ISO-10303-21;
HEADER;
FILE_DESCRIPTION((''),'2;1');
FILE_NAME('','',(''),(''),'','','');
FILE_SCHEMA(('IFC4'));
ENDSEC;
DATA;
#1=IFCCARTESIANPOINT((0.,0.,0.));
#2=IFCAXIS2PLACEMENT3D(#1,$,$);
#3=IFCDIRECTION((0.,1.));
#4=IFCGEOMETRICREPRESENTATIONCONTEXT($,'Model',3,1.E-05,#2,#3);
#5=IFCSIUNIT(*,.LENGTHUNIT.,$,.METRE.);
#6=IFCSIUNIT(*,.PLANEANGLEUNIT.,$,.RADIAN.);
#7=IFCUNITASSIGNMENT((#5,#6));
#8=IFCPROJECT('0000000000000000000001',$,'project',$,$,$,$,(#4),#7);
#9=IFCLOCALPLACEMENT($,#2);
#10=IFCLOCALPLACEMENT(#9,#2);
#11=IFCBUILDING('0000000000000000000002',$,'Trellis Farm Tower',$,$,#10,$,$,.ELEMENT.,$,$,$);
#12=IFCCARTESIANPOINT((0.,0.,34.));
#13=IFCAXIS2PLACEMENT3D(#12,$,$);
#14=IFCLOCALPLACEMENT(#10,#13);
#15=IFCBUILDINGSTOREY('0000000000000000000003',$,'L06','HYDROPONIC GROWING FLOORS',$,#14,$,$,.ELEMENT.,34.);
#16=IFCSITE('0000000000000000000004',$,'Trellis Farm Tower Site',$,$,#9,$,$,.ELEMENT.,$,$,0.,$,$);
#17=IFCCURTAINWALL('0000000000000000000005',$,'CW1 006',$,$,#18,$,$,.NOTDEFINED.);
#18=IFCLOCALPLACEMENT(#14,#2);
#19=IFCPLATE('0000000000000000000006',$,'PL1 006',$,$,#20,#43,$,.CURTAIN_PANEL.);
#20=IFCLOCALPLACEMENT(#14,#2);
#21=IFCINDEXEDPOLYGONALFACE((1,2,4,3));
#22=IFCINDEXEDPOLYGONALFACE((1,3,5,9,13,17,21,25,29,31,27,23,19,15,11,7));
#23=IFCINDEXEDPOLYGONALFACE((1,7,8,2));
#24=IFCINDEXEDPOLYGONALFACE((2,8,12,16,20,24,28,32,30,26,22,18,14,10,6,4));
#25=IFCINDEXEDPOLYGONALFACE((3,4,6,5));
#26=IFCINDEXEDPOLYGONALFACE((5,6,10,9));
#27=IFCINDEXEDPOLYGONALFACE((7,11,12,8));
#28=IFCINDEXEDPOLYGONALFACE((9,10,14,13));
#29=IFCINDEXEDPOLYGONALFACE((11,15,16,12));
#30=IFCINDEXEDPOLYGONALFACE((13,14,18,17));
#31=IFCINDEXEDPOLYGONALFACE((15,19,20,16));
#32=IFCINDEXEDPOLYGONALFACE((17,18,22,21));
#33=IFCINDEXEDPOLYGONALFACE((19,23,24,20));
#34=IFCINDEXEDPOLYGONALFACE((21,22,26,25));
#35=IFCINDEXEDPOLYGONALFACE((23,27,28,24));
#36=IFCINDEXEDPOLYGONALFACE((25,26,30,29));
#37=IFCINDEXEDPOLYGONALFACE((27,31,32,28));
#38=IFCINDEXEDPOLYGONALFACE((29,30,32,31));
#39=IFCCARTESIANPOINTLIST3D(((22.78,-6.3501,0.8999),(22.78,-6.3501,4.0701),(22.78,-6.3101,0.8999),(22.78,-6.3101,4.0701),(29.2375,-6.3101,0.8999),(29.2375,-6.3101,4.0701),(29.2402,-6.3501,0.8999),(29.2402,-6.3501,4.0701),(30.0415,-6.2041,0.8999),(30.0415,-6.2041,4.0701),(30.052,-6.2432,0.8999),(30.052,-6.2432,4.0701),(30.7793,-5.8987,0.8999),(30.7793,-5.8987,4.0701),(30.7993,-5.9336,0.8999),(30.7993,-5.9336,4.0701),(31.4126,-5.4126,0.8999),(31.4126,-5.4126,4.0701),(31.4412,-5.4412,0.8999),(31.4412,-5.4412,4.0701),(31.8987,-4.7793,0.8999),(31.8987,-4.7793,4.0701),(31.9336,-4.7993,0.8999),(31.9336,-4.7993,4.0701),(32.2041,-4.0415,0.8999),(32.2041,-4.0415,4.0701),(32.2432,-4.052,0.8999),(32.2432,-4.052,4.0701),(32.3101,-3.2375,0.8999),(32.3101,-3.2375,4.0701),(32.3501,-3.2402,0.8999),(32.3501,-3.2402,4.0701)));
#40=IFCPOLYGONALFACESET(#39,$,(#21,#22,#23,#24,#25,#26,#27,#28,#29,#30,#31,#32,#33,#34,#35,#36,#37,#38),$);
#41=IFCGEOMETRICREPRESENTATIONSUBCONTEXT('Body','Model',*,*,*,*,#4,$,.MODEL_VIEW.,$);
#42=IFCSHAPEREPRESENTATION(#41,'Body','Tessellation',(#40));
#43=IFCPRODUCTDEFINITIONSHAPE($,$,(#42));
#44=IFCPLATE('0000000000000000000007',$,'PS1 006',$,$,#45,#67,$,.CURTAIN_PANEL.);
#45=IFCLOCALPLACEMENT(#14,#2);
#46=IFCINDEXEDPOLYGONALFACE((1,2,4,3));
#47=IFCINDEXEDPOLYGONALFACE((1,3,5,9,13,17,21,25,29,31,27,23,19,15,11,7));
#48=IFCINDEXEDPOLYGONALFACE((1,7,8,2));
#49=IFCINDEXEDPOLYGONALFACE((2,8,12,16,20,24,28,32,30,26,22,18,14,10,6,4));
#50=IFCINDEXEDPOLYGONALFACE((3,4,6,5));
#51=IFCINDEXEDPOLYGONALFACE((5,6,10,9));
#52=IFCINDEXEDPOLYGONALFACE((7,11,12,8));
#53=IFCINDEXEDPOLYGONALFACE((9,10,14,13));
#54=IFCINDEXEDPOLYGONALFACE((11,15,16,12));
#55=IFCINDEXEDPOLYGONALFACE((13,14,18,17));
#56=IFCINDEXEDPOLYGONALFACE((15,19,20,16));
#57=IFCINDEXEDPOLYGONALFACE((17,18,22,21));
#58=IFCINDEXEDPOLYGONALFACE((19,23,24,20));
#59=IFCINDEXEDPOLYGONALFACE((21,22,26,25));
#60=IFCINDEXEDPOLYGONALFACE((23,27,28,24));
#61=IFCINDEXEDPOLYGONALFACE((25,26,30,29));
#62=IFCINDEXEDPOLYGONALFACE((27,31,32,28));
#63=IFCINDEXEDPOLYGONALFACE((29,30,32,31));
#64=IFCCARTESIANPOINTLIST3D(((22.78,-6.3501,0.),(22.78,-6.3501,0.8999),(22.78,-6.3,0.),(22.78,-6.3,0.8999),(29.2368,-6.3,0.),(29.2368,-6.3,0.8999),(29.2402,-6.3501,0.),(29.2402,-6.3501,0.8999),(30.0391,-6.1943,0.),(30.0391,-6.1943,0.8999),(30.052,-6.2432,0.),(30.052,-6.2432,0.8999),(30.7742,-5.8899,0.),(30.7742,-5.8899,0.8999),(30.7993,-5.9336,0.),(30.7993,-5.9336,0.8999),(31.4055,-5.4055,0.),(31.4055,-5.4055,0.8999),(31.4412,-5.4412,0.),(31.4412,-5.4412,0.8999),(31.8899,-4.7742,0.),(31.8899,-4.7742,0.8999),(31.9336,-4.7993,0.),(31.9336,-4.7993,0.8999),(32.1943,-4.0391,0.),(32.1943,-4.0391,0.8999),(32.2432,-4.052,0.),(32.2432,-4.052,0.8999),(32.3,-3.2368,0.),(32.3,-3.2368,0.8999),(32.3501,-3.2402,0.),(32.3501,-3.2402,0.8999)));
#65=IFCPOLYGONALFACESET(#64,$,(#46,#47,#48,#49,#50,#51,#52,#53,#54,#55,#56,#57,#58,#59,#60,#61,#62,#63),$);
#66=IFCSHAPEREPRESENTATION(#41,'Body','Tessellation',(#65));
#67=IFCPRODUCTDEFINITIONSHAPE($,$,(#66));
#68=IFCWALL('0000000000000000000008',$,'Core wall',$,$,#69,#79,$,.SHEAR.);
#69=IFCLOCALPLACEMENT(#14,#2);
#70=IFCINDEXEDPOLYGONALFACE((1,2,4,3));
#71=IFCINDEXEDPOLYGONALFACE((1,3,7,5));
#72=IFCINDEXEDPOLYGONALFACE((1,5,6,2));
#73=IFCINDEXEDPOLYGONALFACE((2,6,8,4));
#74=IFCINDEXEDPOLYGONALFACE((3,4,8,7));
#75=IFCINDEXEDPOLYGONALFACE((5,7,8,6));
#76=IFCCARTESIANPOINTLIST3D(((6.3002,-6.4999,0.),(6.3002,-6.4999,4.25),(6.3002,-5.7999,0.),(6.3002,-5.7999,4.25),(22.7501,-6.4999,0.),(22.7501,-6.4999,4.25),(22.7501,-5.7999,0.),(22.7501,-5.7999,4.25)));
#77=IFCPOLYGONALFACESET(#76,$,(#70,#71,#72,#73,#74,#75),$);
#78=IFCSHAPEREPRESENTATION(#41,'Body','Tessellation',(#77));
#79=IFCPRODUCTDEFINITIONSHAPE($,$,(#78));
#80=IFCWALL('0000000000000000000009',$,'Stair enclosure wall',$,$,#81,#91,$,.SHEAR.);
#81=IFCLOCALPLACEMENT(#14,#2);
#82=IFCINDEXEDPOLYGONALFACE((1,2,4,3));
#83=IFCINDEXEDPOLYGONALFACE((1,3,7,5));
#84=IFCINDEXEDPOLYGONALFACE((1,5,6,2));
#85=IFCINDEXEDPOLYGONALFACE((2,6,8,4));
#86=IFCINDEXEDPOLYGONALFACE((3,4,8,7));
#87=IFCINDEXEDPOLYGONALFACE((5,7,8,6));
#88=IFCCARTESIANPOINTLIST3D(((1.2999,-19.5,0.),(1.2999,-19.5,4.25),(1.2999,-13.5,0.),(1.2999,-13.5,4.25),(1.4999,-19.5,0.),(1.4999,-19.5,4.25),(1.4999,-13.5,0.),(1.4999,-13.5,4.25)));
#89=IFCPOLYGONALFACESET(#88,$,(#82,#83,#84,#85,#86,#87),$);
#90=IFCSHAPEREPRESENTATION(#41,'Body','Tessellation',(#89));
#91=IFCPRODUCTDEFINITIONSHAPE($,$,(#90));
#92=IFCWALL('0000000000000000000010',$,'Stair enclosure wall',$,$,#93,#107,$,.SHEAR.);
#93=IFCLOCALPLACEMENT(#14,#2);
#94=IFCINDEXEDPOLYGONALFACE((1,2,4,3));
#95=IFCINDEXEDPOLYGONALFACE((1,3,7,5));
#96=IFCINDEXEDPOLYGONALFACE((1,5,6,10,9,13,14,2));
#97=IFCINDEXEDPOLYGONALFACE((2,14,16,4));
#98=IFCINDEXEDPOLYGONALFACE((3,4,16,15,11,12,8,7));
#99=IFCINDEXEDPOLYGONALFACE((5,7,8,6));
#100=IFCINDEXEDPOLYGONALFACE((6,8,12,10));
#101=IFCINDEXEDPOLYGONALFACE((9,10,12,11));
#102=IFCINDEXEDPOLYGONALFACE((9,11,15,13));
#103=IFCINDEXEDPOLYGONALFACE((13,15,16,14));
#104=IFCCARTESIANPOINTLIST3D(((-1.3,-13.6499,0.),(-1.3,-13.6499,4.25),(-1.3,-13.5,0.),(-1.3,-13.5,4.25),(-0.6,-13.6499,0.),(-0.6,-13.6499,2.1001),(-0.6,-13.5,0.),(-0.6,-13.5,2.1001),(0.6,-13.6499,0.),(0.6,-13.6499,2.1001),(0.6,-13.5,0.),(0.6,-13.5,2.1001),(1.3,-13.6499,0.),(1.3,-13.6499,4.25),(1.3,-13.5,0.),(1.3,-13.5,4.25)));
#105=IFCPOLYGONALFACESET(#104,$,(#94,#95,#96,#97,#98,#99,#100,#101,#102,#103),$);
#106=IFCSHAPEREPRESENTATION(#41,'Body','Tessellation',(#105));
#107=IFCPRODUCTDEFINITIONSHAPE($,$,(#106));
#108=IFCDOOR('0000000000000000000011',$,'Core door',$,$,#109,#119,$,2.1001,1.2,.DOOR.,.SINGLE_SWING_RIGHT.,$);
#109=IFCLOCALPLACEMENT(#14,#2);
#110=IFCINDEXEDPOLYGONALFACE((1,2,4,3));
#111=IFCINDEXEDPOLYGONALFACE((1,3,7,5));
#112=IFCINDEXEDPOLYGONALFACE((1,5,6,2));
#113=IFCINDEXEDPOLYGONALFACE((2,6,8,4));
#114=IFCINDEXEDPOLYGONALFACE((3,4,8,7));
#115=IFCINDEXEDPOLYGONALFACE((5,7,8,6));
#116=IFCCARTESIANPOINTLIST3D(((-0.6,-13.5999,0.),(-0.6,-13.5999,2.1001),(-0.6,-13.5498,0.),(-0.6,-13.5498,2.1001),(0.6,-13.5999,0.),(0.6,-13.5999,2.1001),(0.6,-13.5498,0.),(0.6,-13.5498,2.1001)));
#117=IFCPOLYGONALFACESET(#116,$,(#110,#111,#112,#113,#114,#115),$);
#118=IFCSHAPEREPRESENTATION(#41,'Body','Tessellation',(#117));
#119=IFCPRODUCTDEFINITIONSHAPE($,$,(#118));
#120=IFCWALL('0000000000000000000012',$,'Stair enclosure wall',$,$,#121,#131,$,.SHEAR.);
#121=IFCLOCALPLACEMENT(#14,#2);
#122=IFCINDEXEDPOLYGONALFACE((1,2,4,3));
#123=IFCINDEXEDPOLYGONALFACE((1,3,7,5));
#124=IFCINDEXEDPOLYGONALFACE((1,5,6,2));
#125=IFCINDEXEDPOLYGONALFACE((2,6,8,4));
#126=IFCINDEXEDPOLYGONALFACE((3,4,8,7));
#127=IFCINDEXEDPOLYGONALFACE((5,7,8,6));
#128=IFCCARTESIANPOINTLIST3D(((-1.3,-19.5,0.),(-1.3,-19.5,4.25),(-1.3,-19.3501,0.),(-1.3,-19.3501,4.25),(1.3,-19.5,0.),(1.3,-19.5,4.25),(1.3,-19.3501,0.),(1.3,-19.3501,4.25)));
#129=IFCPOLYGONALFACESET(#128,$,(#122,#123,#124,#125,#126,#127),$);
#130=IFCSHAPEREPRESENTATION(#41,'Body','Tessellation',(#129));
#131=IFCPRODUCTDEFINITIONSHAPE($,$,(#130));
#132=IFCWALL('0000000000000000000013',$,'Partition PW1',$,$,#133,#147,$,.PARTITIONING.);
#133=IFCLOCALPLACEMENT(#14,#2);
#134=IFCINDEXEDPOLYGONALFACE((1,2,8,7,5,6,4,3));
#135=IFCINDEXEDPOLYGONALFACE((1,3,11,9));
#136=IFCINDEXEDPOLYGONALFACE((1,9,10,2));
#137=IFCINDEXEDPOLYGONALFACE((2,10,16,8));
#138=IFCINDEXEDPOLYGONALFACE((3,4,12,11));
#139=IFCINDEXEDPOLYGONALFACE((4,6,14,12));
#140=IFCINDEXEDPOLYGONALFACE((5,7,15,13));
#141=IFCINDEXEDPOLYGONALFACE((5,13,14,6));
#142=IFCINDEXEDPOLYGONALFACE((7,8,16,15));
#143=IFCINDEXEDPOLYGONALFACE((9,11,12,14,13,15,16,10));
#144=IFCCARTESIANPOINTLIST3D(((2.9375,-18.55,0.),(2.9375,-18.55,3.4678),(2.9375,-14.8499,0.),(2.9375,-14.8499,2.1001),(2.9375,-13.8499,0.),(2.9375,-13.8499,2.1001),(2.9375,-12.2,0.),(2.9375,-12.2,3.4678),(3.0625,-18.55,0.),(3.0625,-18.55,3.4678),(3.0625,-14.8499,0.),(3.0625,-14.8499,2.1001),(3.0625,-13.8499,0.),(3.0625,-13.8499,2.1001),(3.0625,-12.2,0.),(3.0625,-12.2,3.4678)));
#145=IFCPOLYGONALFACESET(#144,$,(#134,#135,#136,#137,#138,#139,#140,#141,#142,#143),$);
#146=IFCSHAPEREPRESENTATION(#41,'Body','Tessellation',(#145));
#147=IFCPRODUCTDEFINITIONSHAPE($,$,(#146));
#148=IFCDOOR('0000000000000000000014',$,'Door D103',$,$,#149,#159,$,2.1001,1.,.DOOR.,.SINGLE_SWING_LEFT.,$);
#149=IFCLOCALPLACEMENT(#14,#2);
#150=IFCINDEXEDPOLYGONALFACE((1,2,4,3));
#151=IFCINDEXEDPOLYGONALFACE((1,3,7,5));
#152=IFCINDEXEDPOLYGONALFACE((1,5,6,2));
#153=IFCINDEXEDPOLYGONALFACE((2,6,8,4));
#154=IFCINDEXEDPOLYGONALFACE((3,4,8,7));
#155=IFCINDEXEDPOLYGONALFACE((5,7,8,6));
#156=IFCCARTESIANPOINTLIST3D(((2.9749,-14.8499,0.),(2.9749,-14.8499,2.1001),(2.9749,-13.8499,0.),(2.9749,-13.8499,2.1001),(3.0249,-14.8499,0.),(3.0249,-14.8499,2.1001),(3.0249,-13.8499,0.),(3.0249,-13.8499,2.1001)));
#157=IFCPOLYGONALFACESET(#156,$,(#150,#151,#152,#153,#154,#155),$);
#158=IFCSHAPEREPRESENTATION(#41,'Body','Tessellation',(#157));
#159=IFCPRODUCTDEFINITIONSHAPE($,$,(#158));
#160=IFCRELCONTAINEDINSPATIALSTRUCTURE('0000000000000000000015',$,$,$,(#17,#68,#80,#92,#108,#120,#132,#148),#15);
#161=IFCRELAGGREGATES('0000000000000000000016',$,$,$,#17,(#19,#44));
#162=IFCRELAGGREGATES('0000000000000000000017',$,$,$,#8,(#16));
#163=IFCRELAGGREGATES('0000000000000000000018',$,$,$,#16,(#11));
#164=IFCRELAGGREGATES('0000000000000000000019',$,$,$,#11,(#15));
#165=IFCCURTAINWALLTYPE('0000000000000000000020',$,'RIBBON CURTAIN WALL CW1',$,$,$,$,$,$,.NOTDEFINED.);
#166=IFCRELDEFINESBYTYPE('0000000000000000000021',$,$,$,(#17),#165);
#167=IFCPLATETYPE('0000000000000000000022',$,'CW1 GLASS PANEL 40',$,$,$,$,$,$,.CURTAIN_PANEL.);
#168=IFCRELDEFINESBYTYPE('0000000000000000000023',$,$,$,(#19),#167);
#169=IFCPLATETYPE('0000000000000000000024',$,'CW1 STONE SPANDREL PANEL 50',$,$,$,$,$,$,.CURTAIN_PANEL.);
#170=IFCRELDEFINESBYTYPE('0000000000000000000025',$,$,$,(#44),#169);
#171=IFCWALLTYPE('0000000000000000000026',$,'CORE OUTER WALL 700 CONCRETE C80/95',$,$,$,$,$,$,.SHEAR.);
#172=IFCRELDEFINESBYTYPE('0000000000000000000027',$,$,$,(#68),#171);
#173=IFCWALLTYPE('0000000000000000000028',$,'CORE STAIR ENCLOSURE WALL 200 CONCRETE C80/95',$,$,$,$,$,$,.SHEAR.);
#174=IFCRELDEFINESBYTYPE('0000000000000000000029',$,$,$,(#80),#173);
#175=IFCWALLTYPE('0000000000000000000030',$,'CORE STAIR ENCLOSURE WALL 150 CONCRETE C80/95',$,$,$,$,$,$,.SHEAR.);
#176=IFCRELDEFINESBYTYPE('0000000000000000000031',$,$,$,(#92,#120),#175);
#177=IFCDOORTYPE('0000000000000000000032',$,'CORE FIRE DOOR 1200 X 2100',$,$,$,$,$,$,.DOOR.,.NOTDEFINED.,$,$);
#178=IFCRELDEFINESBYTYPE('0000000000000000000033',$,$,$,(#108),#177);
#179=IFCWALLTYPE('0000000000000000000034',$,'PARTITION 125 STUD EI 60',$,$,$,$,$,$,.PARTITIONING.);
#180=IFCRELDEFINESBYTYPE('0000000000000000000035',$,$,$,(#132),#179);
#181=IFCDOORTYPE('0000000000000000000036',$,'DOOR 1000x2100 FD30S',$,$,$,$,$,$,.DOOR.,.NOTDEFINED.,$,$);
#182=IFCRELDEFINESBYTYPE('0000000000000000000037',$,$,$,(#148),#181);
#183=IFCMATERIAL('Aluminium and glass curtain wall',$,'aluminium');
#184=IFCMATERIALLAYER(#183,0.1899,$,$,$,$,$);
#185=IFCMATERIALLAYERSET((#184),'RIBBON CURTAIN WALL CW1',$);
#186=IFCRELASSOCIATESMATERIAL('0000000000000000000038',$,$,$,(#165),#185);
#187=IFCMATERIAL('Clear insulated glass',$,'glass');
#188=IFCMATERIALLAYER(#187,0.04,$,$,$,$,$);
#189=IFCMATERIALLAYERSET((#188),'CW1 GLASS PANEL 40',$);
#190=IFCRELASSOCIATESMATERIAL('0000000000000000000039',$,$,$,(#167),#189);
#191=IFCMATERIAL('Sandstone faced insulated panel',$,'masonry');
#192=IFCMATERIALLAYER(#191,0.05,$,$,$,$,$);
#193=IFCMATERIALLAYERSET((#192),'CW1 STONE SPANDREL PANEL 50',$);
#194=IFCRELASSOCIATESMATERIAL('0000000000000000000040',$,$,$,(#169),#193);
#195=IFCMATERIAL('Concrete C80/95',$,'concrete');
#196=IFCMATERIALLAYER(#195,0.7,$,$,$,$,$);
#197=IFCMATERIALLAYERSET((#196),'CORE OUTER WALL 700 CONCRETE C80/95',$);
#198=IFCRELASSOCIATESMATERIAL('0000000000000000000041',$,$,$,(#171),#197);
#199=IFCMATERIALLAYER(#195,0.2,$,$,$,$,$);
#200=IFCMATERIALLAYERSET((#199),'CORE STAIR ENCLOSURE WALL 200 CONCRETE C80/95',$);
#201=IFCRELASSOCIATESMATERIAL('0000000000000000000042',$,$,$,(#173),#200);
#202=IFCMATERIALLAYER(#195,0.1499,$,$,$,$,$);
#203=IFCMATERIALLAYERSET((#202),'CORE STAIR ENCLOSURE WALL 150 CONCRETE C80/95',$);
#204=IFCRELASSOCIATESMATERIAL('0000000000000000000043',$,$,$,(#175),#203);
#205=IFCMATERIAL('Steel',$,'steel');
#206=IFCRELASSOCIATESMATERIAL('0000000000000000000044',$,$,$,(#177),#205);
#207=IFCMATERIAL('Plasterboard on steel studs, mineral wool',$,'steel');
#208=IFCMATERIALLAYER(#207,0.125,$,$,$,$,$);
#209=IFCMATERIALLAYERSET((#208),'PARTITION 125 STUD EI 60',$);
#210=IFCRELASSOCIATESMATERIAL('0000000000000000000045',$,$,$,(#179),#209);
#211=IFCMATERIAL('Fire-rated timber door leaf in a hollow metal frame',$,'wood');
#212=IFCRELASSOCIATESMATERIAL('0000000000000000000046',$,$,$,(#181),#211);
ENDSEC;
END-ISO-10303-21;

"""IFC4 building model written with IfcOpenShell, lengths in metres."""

from ifc_helpers import new_model, si_unit, direction, frame, frame_2d, origin, place, context, subcontext, project, spatial, polyline, rectangle, outline, extrude, source, transform, mapped, material, layer, layer_set, type_object, element, fill, aggregate, save


model = new_model("IFC4")

# Units and contexts
model_context = context("Model", 3, precision=1e-05, world=origin(), true_north=direction((0.0, 1.0)))
body_context = subcontext(model_context, "Body", "Model", "MODEL_VIEW")
ifc_project = project(units=[si_unit("LENGTHUNIT", "METRE"), si_unit("PLANEANGLEUNIT", "RADIAN")], contexts=[model_context])

# Site, building, storey
site_placement = place(None, origin())
site = spatial("IfcSite", under=ifc_project, at=site_placement, Name="Trellis Farm Tower Site", CompositionType="ELEMENT", RefElevation=0.0)
building_placement = place(site_placement, origin())
building = spatial("IfcBuilding", under=site, at=building_placement, Name="Trellis Farm Tower", CompositionType="ELEMENT")
storey_placement = place(building_placement, frame((0.0, 0.0, 34.0)))
storey = spatial("IfcBuildingStorey", under=building, at=storey_placement, Name="L06", Description="HYDROPONIC GROWING FLOORS", CompositionType="ELEMENT", Elevation=34.0)

# Shared definitions
ifc_material_1 = material(Name="Concrete C80/95", Category="concrete")

# Shared definitions
ifc_material_2 = material(Name="Aluminium and glass curtain wall", Category="aluminium")
ifc_layer_1 = layer(ifc_material_2, 0.1899)
ifc_layer_set_1 = layer_set([ifc_layer_1], Name="RIBBON CURTAIN WALL CW1")
curtain_wall_type = type_object("IfcCurtainWallType", Name="RIBBON CURTAIN WALL CW1", PredefinedType="NOTDEFINED", material=ifc_layer_set_1)
placement = place(storey_placement, origin())

# Curtain wall, plates
curtain_wall_1 = element("IfcCurtainWall", 1, at=placement, inside=storey, type_object=curtain_wall_type, Name="CW1 006", PredefinedType="NOTDEFINED")
ifc_material_3 = material(Name="Clear insulated glass", Category="glass")
ifc_layer_2 = layer(ifc_material_3, 0.04)
ifc_layer_set_2 = layer_set([ifc_layer_2], Name="CW1 GLASS PANEL 40")
plate_type_1 = type_object("IfcPlateType", Name="CW1 GLASS PANEL 40", PredefinedType="CURTAIN_PANEL", material=ifc_layer_set_2)
shared_shape_1 = source(origin(), body_context, "Body", "SweptSolid", [
    extrude(outline(polyline([(22.78, -6.3501), (29.2402, -6.3501), (30.052, -6.2432), (30.7993, -5.9336), (31.4412, -5.4412), (31.9336, -4.7993), (32.2432, -4.052), (32.3501, -3.2402), (32.3101, -3.2375), (32.2041, -4.0415), (31.8987, -4.7793), (31.4126, -5.4126), (30.7793, -5.8987), (30.0415, -6.2041), (29.2375, -6.3101), (22.78, -6.3101), (22.78, -6.3501)])), origin(), (0.0, 0.0, 1.0), 3.1702),
])
plate_1_placement = place(storey_placement, frame((0.0, 0.0, 0.8999)))
plate_1 = element("IfcPlate", 2, at=plate_1_placement, type_object=plate_type_1, Name="PL1 006", PredefinedType="CURTAIN_PANEL", context=body_context, shape_type="MappedRepresentation", body=[
    mapped(shared_shape_1, transform((0.0, 0.0, 0.0))),
])
ifc_material_4 = material(Name="Sandstone faced insulated panel", Category="masonry")
ifc_layer_3 = layer(ifc_material_4, 0.05)
ifc_layer_set_3 = layer_set([ifc_layer_3], Name="CW1 STONE SPANDREL PANEL 50")
plate_type_2 = type_object("IfcPlateType", Name="CW1 STONE SPANDREL PANEL 50", PredefinedType="CURTAIN_PANEL", material=ifc_layer_set_3)
shared_shape_2 = source(origin(), body_context, "Body", "SweptSolid", [
    extrude(outline(polyline([(22.78, -6.3501), (29.2402, -6.3501), (30.052, -6.2432), (30.7993, -5.9336), (31.4412, -5.4412), (31.9336, -4.7993), (32.2432, -4.052), (32.3501, -3.2402), (32.3, -3.2368), (32.1943, -4.0391), (31.8899, -4.7742), (31.4055, -5.4055), (30.7742, -5.8899), (30.0391, -6.1943), (29.2368, -6.3), (22.78, -6.3), (22.78, -6.3501)])), origin(), (0.0, 0.0, 1.0), 0.8999),
])
plate_2 = element("IfcPlate", 3, at=placement, type_object=plate_type_2, Name="PS1 006", PredefinedType="CURTAIN_PANEL", context=body_context, shape_type="MappedRepresentation", body=[
    mapped(shared_shape_2, transform((0.0, 0.0, 0.0))),
])
aggregate(curtain_wall_1, [plate_1, plate_2])

# Walls
ifc_layer_4 = layer(ifc_material_1, 0.7)
ifc_layer_set_4 = layer_set([ifc_layer_4], Name="CORE OUTER WALL 700 CONCRETE C80/95")
wall_type_1 = type_object("IfcWallType", Name="CORE OUTER WALL 700 CONCRETE C80/95", PredefinedType="SHEAR", material=ifc_layer_set_4)
shared_shape_3 = source(origin(), body_context, "Body", "SweptSolid", [
    extrude(rectangle(XDim=16.45, YDim=0.7, at=frame_2d((8.2251, 0.0))), origin(), (0.0, 0.0, 1.0), 4.25),
])
wall_1_placement = place(storey_placement, frame((6.3, -6.1499, 0.0), z_axis=(0.0, 0.0, 1.0), x_axis=(1.0, 0.0, 0.0)))
element("IfcWall", 4, at=wall_1_placement, inside=storey, type_object=wall_type_1, Name="Core wall", PredefinedType="SHEAR", context=body_context, shape_type="MappedRepresentation", body=[
    mapped(shared_shape_3, transform((0.0, 0.0, 0.0))),
])
ifc_layer_5 = layer(ifc_material_1, 0.2)
ifc_layer_set_5 = layer_set([ifc_layer_5], Name="CORE STAIR ENCLOSURE WALL 200 CONCRETE C80/95")
wall_type_2 = type_object("IfcWallType", Name="CORE STAIR ENCLOSURE WALL 200 CONCRETE C80/95", PredefinedType="SHEAR", material=ifc_layer_set_5)
shared_shape_4 = source(origin(), body_context, "Body", "SweptSolid", [
    extrude(rectangle(XDim=6.0, YDim=0.2, at=frame_2d((3.0, 0.0))), origin(), (0.0, 0.0, 1.0), 4.25),
])
wall_2_placement = place(storey_placement, frame((1.3999, -13.5, 0.0), z_axis=(0.0, 0.0, 1.0), x_axis=(0.0, -1.0, 0.0)))
element("IfcWall", 5, at=wall_2_placement, inside=storey, type_object=wall_type_2, Name="Stair enclosure wall", PredefinedType="SHEAR", context=body_context, shape_type="MappedRepresentation", body=[
    mapped(shared_shape_4, transform((0.0, 0.0, 0.0))),
])

# Wall, opening, door
ifc_layer_6 = layer(ifc_material_1, 0.1499)
ifc_layer_set_6 = layer_set([ifc_layer_6], Name="CORE STAIR ENCLOSURE WALL 150 CONCRETE C80/95")
wall_type_3 = type_object("IfcWallType", Name="CORE STAIR ENCLOSURE WALL 150 CONCRETE C80/95", PredefinedType="SHEAR", material=ifc_layer_set_6)
shared_shape_5 = source(origin(), body_context, "Body", "SweptSolid", [
    extrude(rectangle(XDim=2.6001, YDim=0.1499, at=frame_2d((1.3, 0.0))), origin(), (0.0, 0.0, 1.0), 4.25),
])
wall_3_placement = place(storey_placement, frame((1.3, -13.575, 0.0), z_axis=(0.0, 0.0, 1.0), x_axis=(-1.0, 0.0, 0.0)))
wall_3 = element("IfcWall", 6, at=wall_3_placement, inside=storey, type_object=wall_type_3, Name="Stair enclosure wall", PredefinedType="SHEAR", context=body_context, shape_type="MappedRepresentation", body=[
    mapped(shared_shape_5, transform((0.0, 0.0, 0.0))),
])
shared_shape_6 = source(origin(), body_context, "Body", "SweptSolid", [
    extrude(rectangle(XDim=1.2, YDim=2.1001, at=frame_2d((0.6001, 1.05))), frame((0.0, 0.085, 0.0), z_axis=(0.0, -1.0, 0.0), x_axis=(1.0, 0.0, 0.0)), (0.0, 0.0, 1.0), 0.1699),
])
opening_1_placement = place(wall_3_placement, frame((0.7, 0.0, 0.0)))
opening_1 = element("IfcOpeningElement", 7, at=opening_1_placement, cuts=wall_3, PredefinedType="OPENING", context=body_context, shape_type="MappedRepresentation", body=[
    mapped(shared_shape_6, transform((0.0, 0.0, 0.0))),
])
ifc_material_5 = material(Name="Steel", Category="steel")
door_type_1 = type_object("IfcDoorType", Name="CORE FIRE DOOR 1200 X 2100", OperationType="NOTDEFINED", PredefinedType="DOOR", material=ifc_material_5)
shared_shape_7 = source(origin(), body_context, "Body", "SweptSolid", [
    extrude(rectangle(XDim=1.2, YDim=2.1001, at=frame_2d((0.6001, 1.05))), frame((0.0, 0.0249, 0.0), z_axis=(0.0, -1.0, 0.0), x_axis=(1.0, 0.0, 0.0)), (0.0, 0.0, 1.0), 0.05),
])
door_1_placement = place(opening_1_placement, origin())
door_1 = element("IfcDoor", 8, at=door_1_placement, inside=storey, type_object=door_type_1, Name="Core door", OperationType="SINGLE_SWING_RIGHT", OverallHeight=2.1001, OverallWidth=1.2, PredefinedType="DOOR", context=body_context, shape_type="MappedRepresentation", body=[
    mapped(shared_shape_7, transform((0.0, 0.0, 0.0))),
])
fill(opening_1, door_1)

# Wall
wall_4_placement = place(storey_placement, frame((1.3, -19.425, 0.0), z_axis=(0.0, 0.0, 1.0), x_axis=(-1.0, 0.0, 0.0)))
element("IfcWall", 9, at=wall_4_placement, inside=storey, type_object=wall_type_3, Name="Stair enclosure wall", PredefinedType="SHEAR", context=body_context, shape_type="MappedRepresentation", body=[
    mapped(shared_shape_5, transform((0.0, 0.0, 0.0))),
])

# Wall, opening, door
ifc_material_6 = material(Name="Plasterboard on steel studs, mineral wool", Category="steel")
ifc_layer_7 = layer(ifc_material_6, 0.125)
ifc_layer_set_7 = layer_set([ifc_layer_7], Name="PARTITION 125 STUD EI 60")
wall_type_4 = type_object("IfcWallType", Name="PARTITION 125 STUD EI 60", PredefinedType="PARTITIONING", material=ifc_layer_set_7)
shared_shape_8 = source(origin(), body_context, "Body", "SweptSolid", [
    extrude(rectangle(XDim=6.3501, YDim=0.125, at=frame_2d((3.175, 0.0))), origin(), (0.0, 0.0, 1.0), 3.4678),
])
wall_5_placement = place(storey_placement, frame((3.0, -12.2, 0.0), z_axis=(0.0, 0.0, 1.0), x_axis=(0.0, -1.0, 0.0)))
wall_5 = element("IfcWall", 10, at=wall_5_placement, inside=storey, type_object=wall_type_4, Name="Partition PW1", PredefinedType="PARTITIONING", context=body_context, shape_type="MappedRepresentation", body=[
    mapped(shared_shape_8, transform((0.0, 0.0, 0.0))),
])
shared_shape_9 = source(origin(), body_context, "Body", "SweptSolid", [
    extrude(rectangle(XDim=1.0, YDim=2.1001, at=frame_2d((0.5, 1.05))), frame((0.0, 0.0725, 0.0), z_axis=(0.0, -1.0, 0.0), x_axis=(1.0, 0.0, 0.0)), (0.0, 0.0, 1.0), 0.145),
])
opening_2_placement = place(wall_5_placement, frame((1.6499, 0.0, 0.0)))
opening_2 = element("IfcOpeningElement", 11, at=opening_2_placement, cuts=wall_5, PredefinedType="OPENING", context=body_context, shape_type="MappedRepresentation", body=[
    mapped(shared_shape_9, transform((0.0, 0.0, 0.0))),
])
ifc_material_7 = material(Name="Fire-rated timber door leaf in a hollow metal frame", Category="wood")
door_type_2 = type_object("IfcDoorType", Name="DOOR 1000x2100 FD30S", OperationType="NOTDEFINED", PredefinedType="DOOR", material=ifc_material_7)
shared_shape_10 = source(origin(), body_context, "Body", "SweptSolid", [
    extrude(rectangle(XDim=1.0, YDim=2.1001, at=frame_2d((0.5, 1.05))), frame((0.0, 0.0249, 0.0), z_axis=(0.0, -1.0, 0.0), x_axis=(1.0, 0.0, 0.0)), (0.0, 0.0, 1.0), 0.05),
])
door_2_placement = place(opening_2_placement, origin())
door_2 = element("IfcDoor", 12, at=door_2_placement, inside=storey, type_object=door_type_2, Name="Door D103", OperationType="SINGLE_SWING_LEFT", OverallHeight=2.1001, OverallWidth=1.0, PredefinedType="DOOR", context=body_context, shape_type="MappedRepresentation", body=[
    mapped(shared_shape_10, transform((0.0, 0.0, 0.0))),
])
fill(opening_2, door_2)

save(model, "model.ifc")
